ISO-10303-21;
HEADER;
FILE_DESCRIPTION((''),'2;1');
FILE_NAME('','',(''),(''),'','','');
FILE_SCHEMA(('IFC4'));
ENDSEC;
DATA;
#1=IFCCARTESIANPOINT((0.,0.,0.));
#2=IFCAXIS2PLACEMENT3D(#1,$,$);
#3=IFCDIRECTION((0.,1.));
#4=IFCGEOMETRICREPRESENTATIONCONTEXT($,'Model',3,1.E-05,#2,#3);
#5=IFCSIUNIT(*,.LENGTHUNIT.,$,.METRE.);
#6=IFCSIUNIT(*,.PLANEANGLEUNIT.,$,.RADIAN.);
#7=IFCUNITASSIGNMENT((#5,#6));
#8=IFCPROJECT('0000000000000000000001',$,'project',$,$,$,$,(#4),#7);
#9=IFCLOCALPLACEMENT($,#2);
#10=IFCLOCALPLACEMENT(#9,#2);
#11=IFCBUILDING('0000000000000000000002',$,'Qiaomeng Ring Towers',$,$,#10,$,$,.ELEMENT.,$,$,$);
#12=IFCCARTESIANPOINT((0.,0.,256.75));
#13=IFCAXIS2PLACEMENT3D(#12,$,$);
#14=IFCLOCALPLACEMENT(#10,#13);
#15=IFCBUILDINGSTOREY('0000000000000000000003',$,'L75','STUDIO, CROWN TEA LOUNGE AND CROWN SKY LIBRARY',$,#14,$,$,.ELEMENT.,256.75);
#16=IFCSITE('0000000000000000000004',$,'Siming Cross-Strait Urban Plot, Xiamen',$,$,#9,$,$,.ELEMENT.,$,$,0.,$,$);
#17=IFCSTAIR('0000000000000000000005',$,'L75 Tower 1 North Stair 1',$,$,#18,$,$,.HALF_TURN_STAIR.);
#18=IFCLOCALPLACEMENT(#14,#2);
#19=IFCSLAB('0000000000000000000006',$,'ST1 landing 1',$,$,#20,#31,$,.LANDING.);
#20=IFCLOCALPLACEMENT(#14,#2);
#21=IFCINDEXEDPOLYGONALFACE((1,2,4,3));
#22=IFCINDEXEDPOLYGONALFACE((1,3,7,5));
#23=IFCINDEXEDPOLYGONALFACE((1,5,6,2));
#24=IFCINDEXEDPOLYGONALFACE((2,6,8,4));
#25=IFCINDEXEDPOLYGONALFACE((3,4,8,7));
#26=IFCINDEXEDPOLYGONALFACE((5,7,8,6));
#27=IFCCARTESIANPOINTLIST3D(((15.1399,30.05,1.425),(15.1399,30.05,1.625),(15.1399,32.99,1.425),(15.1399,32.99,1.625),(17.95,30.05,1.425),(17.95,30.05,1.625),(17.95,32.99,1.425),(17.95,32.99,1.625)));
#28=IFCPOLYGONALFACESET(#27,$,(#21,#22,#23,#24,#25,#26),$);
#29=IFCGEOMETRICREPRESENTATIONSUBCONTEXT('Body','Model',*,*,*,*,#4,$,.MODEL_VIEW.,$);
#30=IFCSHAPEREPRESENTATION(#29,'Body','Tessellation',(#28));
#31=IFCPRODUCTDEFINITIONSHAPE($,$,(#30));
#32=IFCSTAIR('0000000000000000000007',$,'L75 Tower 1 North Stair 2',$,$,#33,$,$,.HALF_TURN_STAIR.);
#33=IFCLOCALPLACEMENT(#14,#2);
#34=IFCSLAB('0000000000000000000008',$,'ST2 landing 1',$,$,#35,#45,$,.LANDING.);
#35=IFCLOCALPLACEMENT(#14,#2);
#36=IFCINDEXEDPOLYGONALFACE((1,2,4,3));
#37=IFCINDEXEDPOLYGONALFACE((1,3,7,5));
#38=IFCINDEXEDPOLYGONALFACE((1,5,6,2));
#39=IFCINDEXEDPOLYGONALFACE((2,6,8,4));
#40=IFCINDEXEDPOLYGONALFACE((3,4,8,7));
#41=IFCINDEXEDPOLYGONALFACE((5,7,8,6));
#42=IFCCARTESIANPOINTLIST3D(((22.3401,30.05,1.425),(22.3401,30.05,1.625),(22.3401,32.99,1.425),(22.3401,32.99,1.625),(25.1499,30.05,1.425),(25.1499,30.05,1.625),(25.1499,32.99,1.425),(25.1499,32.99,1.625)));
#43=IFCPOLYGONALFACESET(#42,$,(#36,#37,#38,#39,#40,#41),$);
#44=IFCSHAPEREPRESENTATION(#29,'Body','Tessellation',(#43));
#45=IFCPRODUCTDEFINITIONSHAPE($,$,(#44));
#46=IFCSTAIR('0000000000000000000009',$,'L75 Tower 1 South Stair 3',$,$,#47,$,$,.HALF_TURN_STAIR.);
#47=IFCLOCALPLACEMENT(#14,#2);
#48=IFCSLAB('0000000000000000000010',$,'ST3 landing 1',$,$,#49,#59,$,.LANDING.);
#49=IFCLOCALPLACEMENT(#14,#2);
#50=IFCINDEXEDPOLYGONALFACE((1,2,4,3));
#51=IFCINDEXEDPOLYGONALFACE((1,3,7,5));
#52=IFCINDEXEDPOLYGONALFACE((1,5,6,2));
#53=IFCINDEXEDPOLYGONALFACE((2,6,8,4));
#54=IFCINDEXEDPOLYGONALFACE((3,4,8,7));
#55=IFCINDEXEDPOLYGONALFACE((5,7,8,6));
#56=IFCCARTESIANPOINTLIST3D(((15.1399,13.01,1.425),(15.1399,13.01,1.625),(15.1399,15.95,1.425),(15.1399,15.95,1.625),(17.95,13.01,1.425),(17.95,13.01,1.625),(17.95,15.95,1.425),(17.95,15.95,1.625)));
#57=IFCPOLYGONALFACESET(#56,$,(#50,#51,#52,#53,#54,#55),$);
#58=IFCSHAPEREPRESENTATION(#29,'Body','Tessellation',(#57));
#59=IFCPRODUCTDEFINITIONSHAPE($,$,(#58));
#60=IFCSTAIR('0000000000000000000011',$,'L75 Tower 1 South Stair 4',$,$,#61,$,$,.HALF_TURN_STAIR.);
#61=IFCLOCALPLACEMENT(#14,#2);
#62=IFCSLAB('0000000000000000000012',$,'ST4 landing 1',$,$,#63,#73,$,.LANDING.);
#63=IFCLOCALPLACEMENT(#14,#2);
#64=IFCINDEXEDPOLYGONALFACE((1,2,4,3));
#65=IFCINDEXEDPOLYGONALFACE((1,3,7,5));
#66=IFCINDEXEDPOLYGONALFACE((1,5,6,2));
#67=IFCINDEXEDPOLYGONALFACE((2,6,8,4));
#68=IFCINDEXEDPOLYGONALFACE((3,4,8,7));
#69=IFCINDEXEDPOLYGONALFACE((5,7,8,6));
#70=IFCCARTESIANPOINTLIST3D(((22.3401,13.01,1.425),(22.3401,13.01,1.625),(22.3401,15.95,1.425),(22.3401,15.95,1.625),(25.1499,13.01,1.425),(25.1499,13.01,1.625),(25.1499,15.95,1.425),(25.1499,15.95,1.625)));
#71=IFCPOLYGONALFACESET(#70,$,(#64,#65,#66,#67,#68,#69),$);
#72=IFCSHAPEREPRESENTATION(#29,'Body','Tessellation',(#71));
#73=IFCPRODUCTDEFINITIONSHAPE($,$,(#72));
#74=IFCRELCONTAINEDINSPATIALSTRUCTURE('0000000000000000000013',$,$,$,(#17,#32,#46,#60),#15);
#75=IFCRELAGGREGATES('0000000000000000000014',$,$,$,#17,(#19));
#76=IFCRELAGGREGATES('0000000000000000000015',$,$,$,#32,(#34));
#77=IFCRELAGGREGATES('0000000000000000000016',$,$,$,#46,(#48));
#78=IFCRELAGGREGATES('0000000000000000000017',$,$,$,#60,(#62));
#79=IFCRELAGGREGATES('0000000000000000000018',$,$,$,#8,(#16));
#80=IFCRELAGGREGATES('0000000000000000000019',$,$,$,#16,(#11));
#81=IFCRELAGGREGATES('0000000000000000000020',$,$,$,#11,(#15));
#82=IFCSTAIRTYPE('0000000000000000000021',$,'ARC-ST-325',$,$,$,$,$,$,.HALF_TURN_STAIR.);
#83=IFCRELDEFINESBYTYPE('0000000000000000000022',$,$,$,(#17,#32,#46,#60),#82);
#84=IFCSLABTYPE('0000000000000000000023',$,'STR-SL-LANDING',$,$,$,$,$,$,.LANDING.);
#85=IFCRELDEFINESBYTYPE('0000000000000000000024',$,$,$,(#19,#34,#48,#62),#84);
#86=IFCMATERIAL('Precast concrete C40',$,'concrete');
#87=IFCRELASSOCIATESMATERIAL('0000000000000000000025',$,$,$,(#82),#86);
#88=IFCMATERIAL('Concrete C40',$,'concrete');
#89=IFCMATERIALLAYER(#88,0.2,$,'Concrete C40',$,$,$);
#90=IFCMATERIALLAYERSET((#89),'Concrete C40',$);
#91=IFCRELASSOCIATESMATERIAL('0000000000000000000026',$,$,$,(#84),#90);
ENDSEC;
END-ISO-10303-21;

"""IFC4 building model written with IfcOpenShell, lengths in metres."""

from ifc_helpers import new_model, si_unit, direction, frame, origin, place, context, subcontext, project, spatial, polyline, outline, extrude, material, layer, layer_set, type_object, element, aggregate, save


model = new_model("IFC4")

# Units and contexts
model_context = context("Model", 3, precision=1e-05, world=origin(), true_north=direction((0.0, 1.0)))
body_context = subcontext(model_context, "Body", "Model", "MODEL_VIEW")
ifc_project = project(units=[si_unit("LENGTHUNIT", "METRE"), si_unit("PLANEANGLEUNIT", "RADIAN")], contexts=[model_context])

# Site, building, storey
site_placement = place(None, origin())
site = spatial("IfcSite", under=ifc_project, at=site_placement, Name="Siming Cross-Strait Urban Plot, Xiamen", CompositionType="ELEMENT", RefElevation=0.0)
building_placement = place(site_placement, origin())
building = spatial("IfcBuilding", under=site, at=building_placement, Name="Qiaomeng Ring Towers", CompositionType="ELEMENT")
storey_placement = place(building_placement, frame((0.0, 0.0, 256.75)))
storey = spatial("IfcBuildingStorey", under=building, at=storey_placement, Name="L75", Description="STUDIO, CROWN TEA LOUNGE AND CROWN SKY LIBRARY", CompositionType="ELEMENT", Elevation=256.75)

# Shared definitions
ifc_material_1 = material(Name="Concrete C40", Category="concrete")

# Stairs, slabs
ifc_material_2 = material(Name="Precast concrete C40", Category="concrete")
stair_type = type_object("IfcStairType", Name="ARC-ST-325", PredefinedType="HALF_TURN_STAIR", material=ifc_material_2)
stair_1_placement = place(storey_placement, origin())
stair_1 = element("IfcStair", 1, at=stair_1_placement, inside=storey, type_object=stair_type, Name="L75 Tower 1 North Stair 1", PredefinedType="HALF_TURN_STAIR")
ifc_layer_1 = layer(ifc_material_1, 0.2, Name="Concrete C40")
ifc_layer_set_1 = layer_set([ifc_layer_1], Name="Concrete C40")
slab_type_1 = type_object("IfcSlabType", Name="STR-SL-LANDING", PredefinedType="LANDING", material=ifc_layer_set_1)
slab_1_placement = place(storey_placement, frame((0.0, 0.0, 1.425)))
slab_1 = element("IfcSlab", 2, at=slab_1_placement, type_object=slab_type_1, Name="ST1 landing 1", PredefinedType="LANDING", context=body_context, shape_type="SweptSolid", body=[
    extrude(outline(polyline([(15.1399, 30.05), (17.95, 30.05), (17.95, 32.99), (15.1399, 32.99), (15.1399, 30.05)])), origin(), (0.0, 0.0, 1.0), 0.2),
])
aggregate(stair_1, [slab_1])
stair_2_placement = place(storey_placement, origin())
stair_2 = element("IfcStair", 3, at=stair_2_placement, inside=storey, type_object=stair_type, Name="L75 Tower 1 North Stair 2", PredefinedType="HALF_TURN_STAIR")
slab_2_placement = place(storey_placement, frame((0.0, 0.0, 1.425)))
slab_2 = element("IfcSlab", 4, at=slab_2_placement, type_object=slab_type_1, Name="ST2 landing 1", PredefinedType="LANDING", context=body_context, shape_type="SweptSolid", body=[
    extrude(outline(polyline([(22.3401, 30.05), (25.1499, 30.05), (25.1499, 32.99), (22.3401, 32.99), (22.3401, 30.05)])), origin(), (0.0, 0.0, 1.0), 0.2),
])
aggregate(stair_2, [slab_2])
stair_3_placement = place(storey_placement, origin())
stair_3 = element("IfcStair", 5, at=stair_3_placement, inside=storey, type_object=stair_type, Name="L75 Tower 1 South Stair 3", PredefinedType="HALF_TURN_STAIR")
slab_3_placement = place(storey_placement, frame((0.0, 0.0, 1.425)))
slab_3 = element("IfcSlab", 6, at=slab_3_placement, type_object=slab_type_1, Name="ST3 landing 1", PredefinedType="LANDING", context=body_context, shape_type="SweptSolid", body=[
    extrude(outline(polyline([(15.1399, 13.01), (17.95, 13.01), (17.95, 15.95), (15.1399, 15.95), (15.1399, 13.01)])), origin(), (0.0, 0.0, 1.0), 0.2),
])
aggregate(stair_3, [slab_3])
stair_4_placement = place(storey_placement, origin())
stair_4 = element("IfcStair", 7, at=stair_4_placement, inside=storey, type_object=stair_type, Name="L75 Tower 1 South Stair 4", PredefinedType="HALF_TURN_STAIR")
slab_4_placement = place(storey_placement, frame((0.0, 0.0, 1.425)))
slab_4 = element("IfcSlab", 8, at=slab_4_placement, type_object=slab_type_1, Name="ST4 landing 1", PredefinedType="LANDING", context=body_context, shape_type="SweptSolid", body=[
    extrude(outline(polyline([(22.3401, 13.01), (25.1499, 13.01), (25.1499, 15.95), (22.3401, 15.95), (22.3401, 13.01)])), origin(), (0.0, 0.0, 1.0), 0.2),
])
aggregate(stair_4, [slab_4])

save(model, "model.ifc")
